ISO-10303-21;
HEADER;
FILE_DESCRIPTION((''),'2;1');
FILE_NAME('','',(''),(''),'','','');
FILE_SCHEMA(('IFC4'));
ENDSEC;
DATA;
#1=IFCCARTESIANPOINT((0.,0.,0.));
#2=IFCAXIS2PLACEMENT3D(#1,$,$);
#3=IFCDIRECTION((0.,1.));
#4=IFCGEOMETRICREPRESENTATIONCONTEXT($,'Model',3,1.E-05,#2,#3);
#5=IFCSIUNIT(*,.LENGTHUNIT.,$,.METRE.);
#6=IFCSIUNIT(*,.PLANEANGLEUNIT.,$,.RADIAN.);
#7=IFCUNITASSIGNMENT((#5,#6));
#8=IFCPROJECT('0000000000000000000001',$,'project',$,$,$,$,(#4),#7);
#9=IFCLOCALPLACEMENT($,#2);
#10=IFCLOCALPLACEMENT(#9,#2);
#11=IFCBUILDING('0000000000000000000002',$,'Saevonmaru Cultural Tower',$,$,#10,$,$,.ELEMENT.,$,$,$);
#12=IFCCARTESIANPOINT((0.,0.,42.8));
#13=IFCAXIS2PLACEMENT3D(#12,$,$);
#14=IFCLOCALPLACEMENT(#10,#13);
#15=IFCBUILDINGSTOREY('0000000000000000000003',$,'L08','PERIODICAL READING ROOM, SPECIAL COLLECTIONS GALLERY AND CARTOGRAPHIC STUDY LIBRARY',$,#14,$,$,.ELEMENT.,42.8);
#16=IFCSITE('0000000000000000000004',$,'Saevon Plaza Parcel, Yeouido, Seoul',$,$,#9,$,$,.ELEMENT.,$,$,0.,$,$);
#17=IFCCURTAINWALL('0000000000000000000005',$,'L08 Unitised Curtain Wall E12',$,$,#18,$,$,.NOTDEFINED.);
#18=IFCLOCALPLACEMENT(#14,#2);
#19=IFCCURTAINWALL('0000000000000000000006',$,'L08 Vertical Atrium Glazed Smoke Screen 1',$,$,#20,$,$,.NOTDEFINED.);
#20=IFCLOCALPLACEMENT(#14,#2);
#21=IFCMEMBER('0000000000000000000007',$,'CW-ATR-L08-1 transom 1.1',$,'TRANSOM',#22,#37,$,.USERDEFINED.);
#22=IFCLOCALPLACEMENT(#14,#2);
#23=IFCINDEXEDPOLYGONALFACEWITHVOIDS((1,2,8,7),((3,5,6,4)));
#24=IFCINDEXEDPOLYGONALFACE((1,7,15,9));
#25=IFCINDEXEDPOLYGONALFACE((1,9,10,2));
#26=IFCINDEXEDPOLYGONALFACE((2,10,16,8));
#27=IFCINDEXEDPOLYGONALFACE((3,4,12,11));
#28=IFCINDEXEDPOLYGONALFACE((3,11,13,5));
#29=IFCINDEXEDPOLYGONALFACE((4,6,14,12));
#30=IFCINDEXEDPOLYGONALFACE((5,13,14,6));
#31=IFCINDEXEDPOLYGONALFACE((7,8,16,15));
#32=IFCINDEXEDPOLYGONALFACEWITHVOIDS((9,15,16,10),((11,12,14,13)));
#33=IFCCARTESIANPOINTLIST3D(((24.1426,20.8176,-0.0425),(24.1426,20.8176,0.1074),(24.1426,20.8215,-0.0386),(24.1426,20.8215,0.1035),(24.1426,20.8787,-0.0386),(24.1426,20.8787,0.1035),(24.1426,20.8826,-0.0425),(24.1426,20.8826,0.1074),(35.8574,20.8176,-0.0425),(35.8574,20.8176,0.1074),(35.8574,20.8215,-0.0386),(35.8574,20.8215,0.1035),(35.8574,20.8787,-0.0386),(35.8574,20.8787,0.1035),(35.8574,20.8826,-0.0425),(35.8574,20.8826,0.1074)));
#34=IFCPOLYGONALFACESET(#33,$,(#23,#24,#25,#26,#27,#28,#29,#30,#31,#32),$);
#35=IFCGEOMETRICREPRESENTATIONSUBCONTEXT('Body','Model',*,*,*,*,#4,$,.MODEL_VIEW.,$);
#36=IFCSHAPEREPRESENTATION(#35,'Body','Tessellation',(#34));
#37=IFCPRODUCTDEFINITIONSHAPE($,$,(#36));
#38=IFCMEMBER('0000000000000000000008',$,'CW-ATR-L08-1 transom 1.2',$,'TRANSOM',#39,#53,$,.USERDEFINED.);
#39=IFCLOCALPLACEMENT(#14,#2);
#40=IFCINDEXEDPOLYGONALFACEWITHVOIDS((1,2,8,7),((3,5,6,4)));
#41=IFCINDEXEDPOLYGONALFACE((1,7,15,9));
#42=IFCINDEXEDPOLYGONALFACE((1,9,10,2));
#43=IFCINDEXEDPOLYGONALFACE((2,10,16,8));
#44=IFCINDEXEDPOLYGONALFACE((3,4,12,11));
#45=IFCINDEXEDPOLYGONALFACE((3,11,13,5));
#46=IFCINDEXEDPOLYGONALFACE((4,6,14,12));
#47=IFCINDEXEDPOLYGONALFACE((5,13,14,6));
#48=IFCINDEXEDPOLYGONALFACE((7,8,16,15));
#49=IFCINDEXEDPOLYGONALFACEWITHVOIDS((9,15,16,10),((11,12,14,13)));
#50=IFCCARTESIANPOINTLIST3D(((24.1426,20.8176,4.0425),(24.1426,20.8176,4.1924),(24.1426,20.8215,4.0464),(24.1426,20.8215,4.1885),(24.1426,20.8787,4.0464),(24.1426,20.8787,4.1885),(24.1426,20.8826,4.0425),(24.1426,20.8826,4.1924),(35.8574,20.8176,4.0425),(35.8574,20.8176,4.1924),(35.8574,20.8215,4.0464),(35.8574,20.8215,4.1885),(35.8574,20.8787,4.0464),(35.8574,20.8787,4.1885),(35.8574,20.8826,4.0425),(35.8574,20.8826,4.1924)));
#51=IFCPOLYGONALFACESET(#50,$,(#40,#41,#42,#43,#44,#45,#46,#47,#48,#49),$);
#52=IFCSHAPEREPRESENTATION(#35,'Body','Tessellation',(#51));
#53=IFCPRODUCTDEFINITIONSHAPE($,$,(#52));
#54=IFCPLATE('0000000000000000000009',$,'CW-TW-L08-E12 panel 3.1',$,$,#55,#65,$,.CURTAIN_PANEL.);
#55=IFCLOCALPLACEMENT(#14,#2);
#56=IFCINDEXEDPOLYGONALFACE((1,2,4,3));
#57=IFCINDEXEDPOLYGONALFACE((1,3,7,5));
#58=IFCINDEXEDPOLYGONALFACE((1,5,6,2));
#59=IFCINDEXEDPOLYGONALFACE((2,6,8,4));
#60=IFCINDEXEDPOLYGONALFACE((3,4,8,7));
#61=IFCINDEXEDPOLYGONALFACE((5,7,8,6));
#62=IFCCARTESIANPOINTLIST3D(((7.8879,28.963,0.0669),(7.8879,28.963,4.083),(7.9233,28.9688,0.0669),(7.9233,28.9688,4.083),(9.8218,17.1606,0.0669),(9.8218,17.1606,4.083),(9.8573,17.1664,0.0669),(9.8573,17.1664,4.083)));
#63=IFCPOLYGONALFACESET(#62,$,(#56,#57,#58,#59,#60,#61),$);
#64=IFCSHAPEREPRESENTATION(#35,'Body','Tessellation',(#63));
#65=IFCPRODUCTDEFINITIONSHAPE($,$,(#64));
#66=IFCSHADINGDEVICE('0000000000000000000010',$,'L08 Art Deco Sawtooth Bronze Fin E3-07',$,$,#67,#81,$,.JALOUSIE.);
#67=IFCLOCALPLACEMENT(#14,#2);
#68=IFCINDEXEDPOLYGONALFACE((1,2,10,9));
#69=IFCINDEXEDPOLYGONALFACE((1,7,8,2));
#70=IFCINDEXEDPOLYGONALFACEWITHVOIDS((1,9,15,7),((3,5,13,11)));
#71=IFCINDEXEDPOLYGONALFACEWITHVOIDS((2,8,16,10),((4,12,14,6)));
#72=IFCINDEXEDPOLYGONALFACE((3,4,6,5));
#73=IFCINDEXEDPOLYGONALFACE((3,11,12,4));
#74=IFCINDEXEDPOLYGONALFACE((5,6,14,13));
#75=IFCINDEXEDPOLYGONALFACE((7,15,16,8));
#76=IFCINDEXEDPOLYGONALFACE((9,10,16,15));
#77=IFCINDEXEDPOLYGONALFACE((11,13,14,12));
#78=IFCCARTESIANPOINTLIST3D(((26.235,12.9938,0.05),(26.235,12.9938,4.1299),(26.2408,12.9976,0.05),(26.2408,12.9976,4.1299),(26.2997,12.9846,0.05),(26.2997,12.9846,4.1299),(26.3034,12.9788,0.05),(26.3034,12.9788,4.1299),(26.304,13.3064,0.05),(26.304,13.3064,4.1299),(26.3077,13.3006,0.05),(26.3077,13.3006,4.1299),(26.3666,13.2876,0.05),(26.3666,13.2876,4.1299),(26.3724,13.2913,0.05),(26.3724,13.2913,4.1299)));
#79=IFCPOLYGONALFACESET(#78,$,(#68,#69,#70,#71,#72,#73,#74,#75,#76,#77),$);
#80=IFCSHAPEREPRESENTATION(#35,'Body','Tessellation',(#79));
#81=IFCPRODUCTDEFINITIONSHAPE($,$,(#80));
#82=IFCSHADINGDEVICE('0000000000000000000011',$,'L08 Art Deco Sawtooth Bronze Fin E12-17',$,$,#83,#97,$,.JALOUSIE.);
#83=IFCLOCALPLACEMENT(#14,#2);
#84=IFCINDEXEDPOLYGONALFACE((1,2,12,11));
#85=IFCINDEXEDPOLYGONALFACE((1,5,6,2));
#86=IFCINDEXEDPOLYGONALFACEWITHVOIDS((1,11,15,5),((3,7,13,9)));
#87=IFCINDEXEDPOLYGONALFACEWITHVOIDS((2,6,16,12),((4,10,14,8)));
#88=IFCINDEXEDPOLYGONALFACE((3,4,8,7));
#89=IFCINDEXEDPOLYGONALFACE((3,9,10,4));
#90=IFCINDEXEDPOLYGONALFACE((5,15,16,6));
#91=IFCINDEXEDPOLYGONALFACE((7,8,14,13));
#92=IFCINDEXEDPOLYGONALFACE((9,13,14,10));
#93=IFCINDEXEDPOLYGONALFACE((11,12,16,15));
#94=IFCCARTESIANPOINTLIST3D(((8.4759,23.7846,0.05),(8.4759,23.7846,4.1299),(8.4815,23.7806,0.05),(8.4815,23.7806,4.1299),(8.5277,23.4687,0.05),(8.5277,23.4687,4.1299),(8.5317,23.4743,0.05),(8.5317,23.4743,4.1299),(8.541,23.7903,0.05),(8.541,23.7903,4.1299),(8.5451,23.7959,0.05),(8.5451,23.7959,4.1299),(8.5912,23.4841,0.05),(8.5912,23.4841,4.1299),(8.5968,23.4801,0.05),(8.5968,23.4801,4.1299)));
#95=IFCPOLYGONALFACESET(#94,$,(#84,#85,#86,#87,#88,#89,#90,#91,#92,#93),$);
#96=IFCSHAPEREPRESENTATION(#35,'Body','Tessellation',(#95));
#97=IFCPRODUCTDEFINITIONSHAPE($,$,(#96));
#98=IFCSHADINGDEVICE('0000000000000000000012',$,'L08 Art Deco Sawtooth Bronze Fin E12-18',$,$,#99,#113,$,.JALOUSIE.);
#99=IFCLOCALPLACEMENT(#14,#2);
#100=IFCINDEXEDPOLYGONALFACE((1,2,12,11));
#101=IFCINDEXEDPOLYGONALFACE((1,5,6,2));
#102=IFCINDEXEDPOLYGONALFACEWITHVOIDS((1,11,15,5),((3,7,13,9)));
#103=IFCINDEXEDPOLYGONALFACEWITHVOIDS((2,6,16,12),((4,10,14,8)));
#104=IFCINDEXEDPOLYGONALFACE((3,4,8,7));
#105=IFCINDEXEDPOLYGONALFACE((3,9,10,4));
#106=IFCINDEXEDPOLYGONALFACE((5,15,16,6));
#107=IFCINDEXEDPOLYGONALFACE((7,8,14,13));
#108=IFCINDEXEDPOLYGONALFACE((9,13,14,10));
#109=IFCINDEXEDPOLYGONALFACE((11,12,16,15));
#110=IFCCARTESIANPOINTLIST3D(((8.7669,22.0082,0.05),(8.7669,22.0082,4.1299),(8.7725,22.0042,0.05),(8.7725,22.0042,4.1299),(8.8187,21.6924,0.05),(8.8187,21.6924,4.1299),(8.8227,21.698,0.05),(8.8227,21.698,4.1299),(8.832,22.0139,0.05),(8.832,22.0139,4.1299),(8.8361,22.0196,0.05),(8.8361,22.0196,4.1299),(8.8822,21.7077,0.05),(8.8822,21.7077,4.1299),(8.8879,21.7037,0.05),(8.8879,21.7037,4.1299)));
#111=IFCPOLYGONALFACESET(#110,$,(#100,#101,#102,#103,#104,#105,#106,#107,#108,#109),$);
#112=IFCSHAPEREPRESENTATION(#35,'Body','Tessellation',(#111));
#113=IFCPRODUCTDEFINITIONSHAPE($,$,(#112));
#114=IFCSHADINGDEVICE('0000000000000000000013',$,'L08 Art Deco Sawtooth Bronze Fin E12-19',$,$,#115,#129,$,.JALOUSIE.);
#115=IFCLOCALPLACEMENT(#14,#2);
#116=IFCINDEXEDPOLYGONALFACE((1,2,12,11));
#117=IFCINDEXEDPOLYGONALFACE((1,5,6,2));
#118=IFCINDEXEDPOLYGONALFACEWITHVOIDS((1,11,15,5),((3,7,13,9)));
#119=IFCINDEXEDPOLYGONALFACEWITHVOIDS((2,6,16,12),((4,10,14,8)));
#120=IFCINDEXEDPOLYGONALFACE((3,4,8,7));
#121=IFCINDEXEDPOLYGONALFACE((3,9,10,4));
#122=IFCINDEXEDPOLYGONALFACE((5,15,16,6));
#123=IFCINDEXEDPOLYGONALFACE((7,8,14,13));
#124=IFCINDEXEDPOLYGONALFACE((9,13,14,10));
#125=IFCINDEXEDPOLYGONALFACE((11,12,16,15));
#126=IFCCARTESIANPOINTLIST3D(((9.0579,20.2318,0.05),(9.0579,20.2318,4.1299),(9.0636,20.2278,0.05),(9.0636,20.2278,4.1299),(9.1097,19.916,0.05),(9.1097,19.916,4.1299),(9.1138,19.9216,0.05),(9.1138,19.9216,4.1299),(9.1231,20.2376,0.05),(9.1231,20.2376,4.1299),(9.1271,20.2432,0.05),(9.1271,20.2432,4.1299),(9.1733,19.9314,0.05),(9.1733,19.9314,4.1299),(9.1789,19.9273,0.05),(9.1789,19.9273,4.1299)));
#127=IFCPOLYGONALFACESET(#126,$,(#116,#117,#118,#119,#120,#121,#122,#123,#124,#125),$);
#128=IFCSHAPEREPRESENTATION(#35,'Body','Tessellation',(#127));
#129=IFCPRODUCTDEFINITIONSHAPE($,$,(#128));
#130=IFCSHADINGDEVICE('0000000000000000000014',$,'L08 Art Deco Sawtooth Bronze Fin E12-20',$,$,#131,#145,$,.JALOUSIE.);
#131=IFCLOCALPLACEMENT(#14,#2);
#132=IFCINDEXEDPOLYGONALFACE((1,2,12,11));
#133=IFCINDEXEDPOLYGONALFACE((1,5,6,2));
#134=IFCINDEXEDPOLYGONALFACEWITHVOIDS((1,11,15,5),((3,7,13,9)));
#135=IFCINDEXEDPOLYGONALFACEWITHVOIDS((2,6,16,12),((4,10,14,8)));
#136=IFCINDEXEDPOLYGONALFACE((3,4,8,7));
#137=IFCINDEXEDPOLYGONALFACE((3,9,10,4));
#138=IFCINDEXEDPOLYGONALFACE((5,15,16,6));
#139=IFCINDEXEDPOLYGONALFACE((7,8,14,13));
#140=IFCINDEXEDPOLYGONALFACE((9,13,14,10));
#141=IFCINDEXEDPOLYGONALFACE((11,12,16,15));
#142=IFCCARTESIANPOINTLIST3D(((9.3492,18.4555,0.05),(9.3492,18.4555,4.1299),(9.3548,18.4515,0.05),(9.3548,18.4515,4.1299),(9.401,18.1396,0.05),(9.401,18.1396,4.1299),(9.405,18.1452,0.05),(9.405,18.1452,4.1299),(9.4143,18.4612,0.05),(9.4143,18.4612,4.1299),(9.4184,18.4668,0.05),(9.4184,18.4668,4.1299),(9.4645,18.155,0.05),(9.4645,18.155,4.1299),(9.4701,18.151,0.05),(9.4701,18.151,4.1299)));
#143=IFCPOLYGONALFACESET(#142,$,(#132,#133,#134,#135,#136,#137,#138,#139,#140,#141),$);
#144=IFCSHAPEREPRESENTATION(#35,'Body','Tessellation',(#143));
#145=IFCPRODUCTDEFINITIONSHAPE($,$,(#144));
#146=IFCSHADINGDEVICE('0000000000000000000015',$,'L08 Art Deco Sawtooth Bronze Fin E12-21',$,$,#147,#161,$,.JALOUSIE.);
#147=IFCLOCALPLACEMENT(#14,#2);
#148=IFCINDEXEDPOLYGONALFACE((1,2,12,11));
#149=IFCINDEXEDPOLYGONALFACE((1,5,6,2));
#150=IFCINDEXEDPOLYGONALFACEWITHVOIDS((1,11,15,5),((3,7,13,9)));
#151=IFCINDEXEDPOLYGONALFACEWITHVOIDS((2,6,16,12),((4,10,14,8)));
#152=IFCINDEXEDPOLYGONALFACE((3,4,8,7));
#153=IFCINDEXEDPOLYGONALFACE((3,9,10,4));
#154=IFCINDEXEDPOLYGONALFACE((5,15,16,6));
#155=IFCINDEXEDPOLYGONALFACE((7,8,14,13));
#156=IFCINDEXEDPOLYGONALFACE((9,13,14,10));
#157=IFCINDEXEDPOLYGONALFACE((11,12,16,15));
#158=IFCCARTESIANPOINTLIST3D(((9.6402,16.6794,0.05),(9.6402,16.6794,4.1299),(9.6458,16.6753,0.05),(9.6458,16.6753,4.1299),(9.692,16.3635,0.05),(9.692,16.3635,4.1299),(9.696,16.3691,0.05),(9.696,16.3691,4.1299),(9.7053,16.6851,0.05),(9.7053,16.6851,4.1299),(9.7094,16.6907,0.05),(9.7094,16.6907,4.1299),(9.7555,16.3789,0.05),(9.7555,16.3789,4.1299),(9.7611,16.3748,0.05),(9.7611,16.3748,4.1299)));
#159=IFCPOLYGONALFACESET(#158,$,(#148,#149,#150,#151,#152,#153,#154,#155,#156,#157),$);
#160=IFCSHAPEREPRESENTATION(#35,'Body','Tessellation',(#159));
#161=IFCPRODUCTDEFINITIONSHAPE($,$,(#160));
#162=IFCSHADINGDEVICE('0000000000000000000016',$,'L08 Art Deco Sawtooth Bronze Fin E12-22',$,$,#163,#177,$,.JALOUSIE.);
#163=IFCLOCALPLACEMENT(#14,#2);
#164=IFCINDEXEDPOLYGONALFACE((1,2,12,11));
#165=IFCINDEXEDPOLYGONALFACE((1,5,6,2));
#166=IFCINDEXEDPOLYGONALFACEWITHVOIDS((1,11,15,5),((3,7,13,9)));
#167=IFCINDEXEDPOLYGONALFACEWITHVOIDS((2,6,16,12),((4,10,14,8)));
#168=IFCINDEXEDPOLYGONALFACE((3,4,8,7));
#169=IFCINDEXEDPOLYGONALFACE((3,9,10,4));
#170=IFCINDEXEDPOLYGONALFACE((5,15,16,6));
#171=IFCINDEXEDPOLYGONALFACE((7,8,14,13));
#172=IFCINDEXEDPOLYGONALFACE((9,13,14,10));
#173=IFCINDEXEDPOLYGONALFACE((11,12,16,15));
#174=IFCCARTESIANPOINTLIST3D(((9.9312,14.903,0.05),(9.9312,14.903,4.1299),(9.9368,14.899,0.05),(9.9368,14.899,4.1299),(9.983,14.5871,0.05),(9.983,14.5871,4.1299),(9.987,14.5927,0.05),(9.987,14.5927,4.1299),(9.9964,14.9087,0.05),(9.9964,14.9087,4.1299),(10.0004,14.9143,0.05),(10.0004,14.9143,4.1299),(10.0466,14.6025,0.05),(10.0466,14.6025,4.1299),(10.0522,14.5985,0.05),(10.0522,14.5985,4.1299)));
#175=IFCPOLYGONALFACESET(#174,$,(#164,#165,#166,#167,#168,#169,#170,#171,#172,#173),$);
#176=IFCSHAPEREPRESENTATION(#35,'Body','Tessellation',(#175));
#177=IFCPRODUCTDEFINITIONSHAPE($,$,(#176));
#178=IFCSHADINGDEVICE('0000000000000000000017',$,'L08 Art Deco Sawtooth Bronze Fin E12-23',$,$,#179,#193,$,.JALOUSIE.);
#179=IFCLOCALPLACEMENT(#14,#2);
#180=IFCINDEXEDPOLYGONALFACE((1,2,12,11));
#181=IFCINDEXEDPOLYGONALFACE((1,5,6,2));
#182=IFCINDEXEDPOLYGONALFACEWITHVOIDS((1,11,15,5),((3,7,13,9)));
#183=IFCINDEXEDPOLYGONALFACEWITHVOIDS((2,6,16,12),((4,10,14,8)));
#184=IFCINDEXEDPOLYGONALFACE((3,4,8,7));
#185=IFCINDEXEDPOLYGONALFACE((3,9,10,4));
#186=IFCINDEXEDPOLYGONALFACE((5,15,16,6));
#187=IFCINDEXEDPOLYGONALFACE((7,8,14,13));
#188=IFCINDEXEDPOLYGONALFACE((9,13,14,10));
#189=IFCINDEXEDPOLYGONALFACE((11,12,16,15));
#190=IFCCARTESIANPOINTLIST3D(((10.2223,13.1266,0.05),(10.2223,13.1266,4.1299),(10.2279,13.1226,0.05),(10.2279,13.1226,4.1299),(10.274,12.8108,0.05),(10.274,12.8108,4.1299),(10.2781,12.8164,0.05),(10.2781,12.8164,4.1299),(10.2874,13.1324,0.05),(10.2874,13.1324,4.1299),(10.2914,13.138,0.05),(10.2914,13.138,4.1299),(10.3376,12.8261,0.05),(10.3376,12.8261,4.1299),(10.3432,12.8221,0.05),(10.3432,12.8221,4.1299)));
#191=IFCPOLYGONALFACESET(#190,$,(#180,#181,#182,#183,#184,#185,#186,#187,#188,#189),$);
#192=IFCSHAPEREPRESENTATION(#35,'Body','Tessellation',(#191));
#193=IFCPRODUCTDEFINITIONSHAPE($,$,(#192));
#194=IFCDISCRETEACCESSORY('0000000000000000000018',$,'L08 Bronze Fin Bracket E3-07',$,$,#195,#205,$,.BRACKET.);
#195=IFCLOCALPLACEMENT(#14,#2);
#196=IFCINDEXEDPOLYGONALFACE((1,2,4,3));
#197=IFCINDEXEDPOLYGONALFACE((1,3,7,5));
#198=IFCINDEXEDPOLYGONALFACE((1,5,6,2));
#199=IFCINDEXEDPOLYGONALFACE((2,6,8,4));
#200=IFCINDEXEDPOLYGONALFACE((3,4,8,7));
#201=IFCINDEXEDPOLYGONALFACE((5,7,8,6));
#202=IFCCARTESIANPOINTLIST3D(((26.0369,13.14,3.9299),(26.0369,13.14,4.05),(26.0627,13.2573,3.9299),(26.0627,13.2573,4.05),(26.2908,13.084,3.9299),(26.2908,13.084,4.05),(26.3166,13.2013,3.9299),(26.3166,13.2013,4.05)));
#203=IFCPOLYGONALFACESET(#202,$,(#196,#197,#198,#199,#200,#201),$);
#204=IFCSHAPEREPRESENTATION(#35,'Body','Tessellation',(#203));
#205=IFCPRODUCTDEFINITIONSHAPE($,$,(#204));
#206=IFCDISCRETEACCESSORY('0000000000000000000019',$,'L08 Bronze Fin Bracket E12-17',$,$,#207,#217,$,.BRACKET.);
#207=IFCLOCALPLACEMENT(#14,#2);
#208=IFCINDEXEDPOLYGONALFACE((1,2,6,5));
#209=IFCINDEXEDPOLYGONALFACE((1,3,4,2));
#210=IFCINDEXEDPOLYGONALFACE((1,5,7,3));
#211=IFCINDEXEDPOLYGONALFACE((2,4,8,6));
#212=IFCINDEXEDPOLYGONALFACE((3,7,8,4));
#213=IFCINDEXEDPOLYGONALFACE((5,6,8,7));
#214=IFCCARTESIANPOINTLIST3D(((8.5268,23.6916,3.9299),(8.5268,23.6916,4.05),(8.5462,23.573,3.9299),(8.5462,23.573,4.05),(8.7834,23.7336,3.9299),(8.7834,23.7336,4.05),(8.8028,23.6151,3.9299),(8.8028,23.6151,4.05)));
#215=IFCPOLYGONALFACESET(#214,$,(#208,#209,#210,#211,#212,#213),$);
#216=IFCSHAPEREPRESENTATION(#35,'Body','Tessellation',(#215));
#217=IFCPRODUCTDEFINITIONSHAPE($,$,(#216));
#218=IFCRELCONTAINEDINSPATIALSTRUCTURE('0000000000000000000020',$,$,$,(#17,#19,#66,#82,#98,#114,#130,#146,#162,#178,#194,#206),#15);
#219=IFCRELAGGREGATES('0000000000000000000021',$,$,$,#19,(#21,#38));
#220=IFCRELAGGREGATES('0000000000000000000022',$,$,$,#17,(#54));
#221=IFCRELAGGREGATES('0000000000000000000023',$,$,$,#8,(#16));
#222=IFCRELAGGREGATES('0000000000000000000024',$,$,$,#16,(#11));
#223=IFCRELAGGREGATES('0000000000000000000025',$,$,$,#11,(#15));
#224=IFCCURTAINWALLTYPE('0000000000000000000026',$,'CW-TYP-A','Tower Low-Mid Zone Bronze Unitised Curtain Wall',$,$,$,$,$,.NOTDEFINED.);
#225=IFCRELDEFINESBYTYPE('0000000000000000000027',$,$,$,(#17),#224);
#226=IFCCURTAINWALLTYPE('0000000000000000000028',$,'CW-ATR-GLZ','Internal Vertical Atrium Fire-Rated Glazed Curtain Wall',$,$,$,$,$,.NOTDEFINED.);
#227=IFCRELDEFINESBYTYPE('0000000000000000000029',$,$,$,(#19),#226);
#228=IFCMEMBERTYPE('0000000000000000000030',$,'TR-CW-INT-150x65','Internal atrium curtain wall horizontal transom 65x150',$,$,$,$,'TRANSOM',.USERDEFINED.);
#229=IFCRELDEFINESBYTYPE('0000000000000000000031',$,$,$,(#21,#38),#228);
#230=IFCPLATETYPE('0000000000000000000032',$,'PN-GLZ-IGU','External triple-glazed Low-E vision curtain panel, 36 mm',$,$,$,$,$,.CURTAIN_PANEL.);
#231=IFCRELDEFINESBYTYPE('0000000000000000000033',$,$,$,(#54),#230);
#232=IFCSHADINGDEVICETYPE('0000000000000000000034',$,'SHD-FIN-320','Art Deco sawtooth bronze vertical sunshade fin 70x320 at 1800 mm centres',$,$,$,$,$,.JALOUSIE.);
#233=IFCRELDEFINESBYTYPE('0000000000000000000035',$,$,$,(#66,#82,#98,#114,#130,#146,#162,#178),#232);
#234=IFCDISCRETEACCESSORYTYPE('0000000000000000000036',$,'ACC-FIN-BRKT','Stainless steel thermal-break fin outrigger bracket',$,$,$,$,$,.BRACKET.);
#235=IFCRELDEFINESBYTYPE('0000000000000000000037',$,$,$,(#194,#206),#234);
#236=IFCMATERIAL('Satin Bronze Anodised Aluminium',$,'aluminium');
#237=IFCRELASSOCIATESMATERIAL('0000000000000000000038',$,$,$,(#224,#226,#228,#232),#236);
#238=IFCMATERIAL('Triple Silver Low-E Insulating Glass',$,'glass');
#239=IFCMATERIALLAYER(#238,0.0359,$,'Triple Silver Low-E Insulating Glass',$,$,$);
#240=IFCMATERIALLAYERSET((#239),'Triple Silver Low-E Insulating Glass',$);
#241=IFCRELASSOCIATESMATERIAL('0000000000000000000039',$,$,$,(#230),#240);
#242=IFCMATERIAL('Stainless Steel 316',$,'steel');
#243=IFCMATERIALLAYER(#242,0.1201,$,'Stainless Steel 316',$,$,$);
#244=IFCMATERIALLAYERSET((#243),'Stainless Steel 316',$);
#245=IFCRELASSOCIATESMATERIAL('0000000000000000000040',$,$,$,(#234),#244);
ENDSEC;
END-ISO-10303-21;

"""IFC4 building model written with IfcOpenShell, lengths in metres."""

from ifc_helpers import new_model, si_unit, direction, frame, origin, origin_2d, place, context, subcontext, project, spatial, rectangle, hollow_rectangle, extrude, material, layer, layer_set, material_profile, profile_set, type_object, element, aggregate, save


model = new_model("IFC4")

# Units and contexts
model_context = context("Model", 3, precision=1e-05, world=origin(), true_north=direction((0.0, 1.0)))
body_context = subcontext(model_context, "Body", "Model", "MODEL_VIEW")
ifc_project = project(units=[si_unit("LENGTHUNIT", "METRE"), si_unit("PLANEANGLEUNIT", "RADIAN")], contexts=[model_context])

# Site, building, storey
site_placement = place(None, origin())
site = spatial("IfcSite", under=ifc_project, at=site_placement, Name="Saevon Plaza Parcel, Yeouido, Seoul", CompositionType="ELEMENT", RefElevation=0.0)
building_placement = place(site_placement, origin())
building = spatial("IfcBuilding", under=site, at=building_placement, Name="Saevonmaru Cultural Tower", CompositionType="ELEMENT")
storey_placement = place(building_placement, frame((0.0, 0.0, 42.8)))
storey = spatial("IfcBuildingStorey", under=building, at=storey_placement, Name="L08", Description="PERIODICAL READING ROOM, SPECIAL COLLECTIONS GALLERY AND CARTOGRAPHIC STUDY LIBRARY", CompositionType="ELEMENT", Elevation=42.8)

# Curtain walls
ifc_material_1 = material(Name="Satin Bronze Anodised Aluminium", Category="aluminium")
curtain_wall_type_1 = type_object("IfcCurtainWallType", Name="CW-TYP-A", Description="Tower Low-Mid Zone Bronze Unitised Curtain Wall", PredefinedType="NOTDEFINED", material=ifc_material_1)
curtain_wall_1_placement = place(storey_placement, origin())
curtain_wall_1 = element("IfcCurtainWall", 1, at=curtain_wall_1_placement, inside=storey, type_object=curtain_wall_type_1, Name="L08 Unitised Curtain Wall E12", PredefinedType="NOTDEFINED")
curtain_wall_type_2 = type_object("IfcCurtainWallType", Name="CW-ATR-GLZ", Description="Internal Vertical Atrium Fire-Rated Glazed Curtain Wall", PredefinedType="NOTDEFINED", material=ifc_material_1)
curtain_wall_2_placement = place(storey_placement, origin())
curtain_wall_2 = element("IfcCurtainWall", 2, at=curtain_wall_2_placement, inside=storey, type_object=curtain_wall_type_2, Name="L08 Vertical Atrium Glazed Smoke Screen 1", PredefinedType="NOTDEFINED")

# Members
ifc_material_profile_1 = material_profile(ifc_material_1, hollow_rectangle(XDim=0.0649, YDim=0.1499, WallThickness=0.0039, at=origin_2d()), Name="ALU-TRAN-150x65x4")
ifc_profile_set_1 = profile_set([ifc_material_profile_1], Name="Satin Bronze Anodised Aluminium")
member_type_1 = type_object("IfcMemberType", Name="TR-CW-INT-150x65", Description="Internal atrium curtain wall horizontal transom 65x150", ElementType="TRANSOM", PredefinedType="USERDEFINED", material=ifc_profile_set_1)
member_1_placement = place(storey_placement, frame((24.1426, 20.8501, 0.0325), z_axis=(1.0, 0.0, 0.0), x_axis=(0.0, 1.0, 0.0)))
member_1 = element("IfcMember", 3, at=member_1_placement, type_object=member_type_1, Name="CW-ATR-L08-1 transom 1.1", ObjectType="TRANSOM", PredefinedType="USERDEFINED", context=body_context, shape_type="SweptSolid", body=[
    extrude(hollow_rectangle(XDim=0.0649, YDim=0.1499, WallThickness=0.0039, at=origin_2d()), origin(), (0.0, 0.0, 1.0), 11.7148),
])
member_2_placement = place(storey_placement, frame((24.1426, 20.8501, 4.1174), z_axis=(1.0, 0.0, 0.0), x_axis=(0.0, 1.0, 0.0)))
member_2 = element("IfcMember", 4, at=member_2_placement, type_object=member_type_1, Name="CW-ATR-L08-1 transom 1.2", ObjectType="TRANSOM", PredefinedType="USERDEFINED", context=body_context, shape_type="SweptSolid", body=[
    extrude(hollow_rectangle(XDim=0.0649, YDim=0.1499, WallThickness=0.0039, at=origin_2d()), origin(), (0.0, 0.0, 1.0), 11.7148),
])
aggregate(curtain_wall_2, [member_1, member_2])

# Plate
ifc_material_2 = material(Name="Triple Silver Low-E Insulating Glass", Category="glass")
ifc_layer_1 = layer(ifc_material_2, 0.0359, Name="Triple Silver Low-E Insulating Glass")
ifc_layer_set_1 = layer_set([ifc_layer_1], Name="Triple Silver Low-E Insulating Glass")
plate_type = type_object("IfcPlateType", Name="PN-GLZ-IGU", Description="External triple-glazed Low-E vision curtain panel, 36 mm", PredefinedType="CURTAIN_PANEL", material=ifc_layer_set_1)
plate_placement = place(storey_placement, frame((8.8726, 23.0647, 0.0669), z_axis=(0.0, 0.0, 1.0), x_axis=(0.161709, -0.986839, 0.0)))
plate = element("IfcPlate", 5, at=plate_placement, type_object=plate_type, Name="CW-TW-L08-E12 panel 3.1", PredefinedType="CURTAIN_PANEL", context=body_context, shape_type="SweptSolid", body=[
    extrude(rectangle(XDim=11.9597, YDim=0.0359, at=origin_2d()), origin(), (0.0, 0.0, 1.0), 4.0161),
])
aggregate(curtain_wall_1, [plate])

# Shading devices
ifc_material_profile_2 = material_profile(ifc_material_1, hollow_rectangle(XDim=0.0701, YDim=0.3201, WallThickness=0.0049, at=origin_2d()), Name="FIN-320x70")
ifc_profile_set_2 = profile_set([ifc_material_profile_2], Name="Satin Bronze Anodised Aluminium")
shading_device_type = type_object("IfcShadingDeviceType", Name="SHD-FIN-320", Description="Art Deco sawtooth bronze vertical sunshade fin 70x320 at 1800 mm centres", PredefinedType="JALOUSIE", material=ifc_profile_set_2)
for number, where, z_axis, x_axis, name in (
    (6, (26.3037, 13.1426, 0.05), (0.0, 0.0, 1.0), (0.976522, -0.215417, 0.0), "L08 Art Deco Sawtooth Bronze Fin E3-07"),
    (7, (8.5364, 23.6323, 0.05), (0.0, 0.0, 1.0), (-0.986827, -0.161776, 0.0), "L08 Art Deco Sawtooth Bronze Fin E12-17"),
    (8, (8.8274, 21.856, 0.05), (0.0, 0.0, 1.0), (-0.986827, -0.161776, 0.0), "L08 Art Deco Sawtooth Bronze Fin E12-18"),
    (9, (9.1184, 20.0796, 0.05), (0.0, 0.0, 1.0), (-0.986827, -0.161776, 0.0), "L08 Art Deco Sawtooth Bronze Fin E12-19"),
    (10, (9.4097, 18.3032, 0.05), (0.0, 0.0, 1.0), (-0.986827, -0.161776, 0.0), "L08 Art Deco Sawtooth Bronze Fin E12-20"),
    (11, (9.7007, 16.5271, 0.05), (0.0, 0.0, 1.0), (-0.986827, -0.161776, 0.0), "L08 Art Deco Sawtooth Bronze Fin E12-21"),
    (12, (9.9917, 14.7507, 0.05), (0.0, 0.0, 1.0), (-0.986827, -0.161776, 0.0), "L08 Art Deco Sawtooth Bronze Fin E12-22"),
    (13, (10.2827, 12.9744, 0.05), (0.0, 0.0, 1.0), (-0.986827, -0.161776, 0.0), "L08 Art Deco Sawtooth Bronze Fin E12-23"),
):
    element("IfcShadingDevice", number, at=place(storey_placement, frame(where, z_axis=z_axis, x_axis=x_axis)), inside=storey, type_object=shading_device_type, Name=name, PredefinedType="JALOUSIE", context=body_context, shape_type="SweptSolid", body=[
        extrude(hollow_rectangle(XDim=0.0701, YDim=0.3201, WallThickness=0.0049, at=origin_2d()), origin(), (0.0, 0.0, 1.0), 4.0798),
    ])

# Discrete accessories
ifc_material_3 = material(Name="Stainless Steel 316", Category="steel")
ifc_layer_2 = layer(ifc_material_3, 0.1201, Name="Stainless Steel 316")
ifc_layer_set_2 = layer_set([ifc_layer_2], Name="Stainless Steel 316")
discrete_accessory_type = type_object("IfcDiscreteAccessoryType", Name="ACC-FIN-BRKT", Description="Stainless steel thermal-break fin outrigger bracket", PredefinedType="BRACKET", material=ifc_layer_set_2)
for number, where, z_axis, x_axis, name in (
    (14, (26.1768, 13.1707, 3.9299), (0.0, 0.0, 1.0), (0.976522, -0.215417, 0.0), "L08 Bronze Fin Bracket E3-07"),
    (15, (8.6648, 23.6533, 3.9299), (0.0, 0.0, 1.0), (-0.986827, -0.161776, 0.0), "L08 Bronze Fin Bracket E12-17"),
):
    element("IfcDiscreteAccessory", number, at=place(storey_placement, frame(where, z_axis=z_axis, x_axis=x_axis)), inside=storey, type_object=discrete_accessory_type, Name=name, PredefinedType="BRACKET", context=body_context, shape_type="SweptSolid", body=[
        extrude(rectangle(XDim=0.26, YDim=0.1201, at=origin_2d()), origin(), (0.0, 0.0, 1.0), 0.1201),
    ])

save(model, "model.ifc")
